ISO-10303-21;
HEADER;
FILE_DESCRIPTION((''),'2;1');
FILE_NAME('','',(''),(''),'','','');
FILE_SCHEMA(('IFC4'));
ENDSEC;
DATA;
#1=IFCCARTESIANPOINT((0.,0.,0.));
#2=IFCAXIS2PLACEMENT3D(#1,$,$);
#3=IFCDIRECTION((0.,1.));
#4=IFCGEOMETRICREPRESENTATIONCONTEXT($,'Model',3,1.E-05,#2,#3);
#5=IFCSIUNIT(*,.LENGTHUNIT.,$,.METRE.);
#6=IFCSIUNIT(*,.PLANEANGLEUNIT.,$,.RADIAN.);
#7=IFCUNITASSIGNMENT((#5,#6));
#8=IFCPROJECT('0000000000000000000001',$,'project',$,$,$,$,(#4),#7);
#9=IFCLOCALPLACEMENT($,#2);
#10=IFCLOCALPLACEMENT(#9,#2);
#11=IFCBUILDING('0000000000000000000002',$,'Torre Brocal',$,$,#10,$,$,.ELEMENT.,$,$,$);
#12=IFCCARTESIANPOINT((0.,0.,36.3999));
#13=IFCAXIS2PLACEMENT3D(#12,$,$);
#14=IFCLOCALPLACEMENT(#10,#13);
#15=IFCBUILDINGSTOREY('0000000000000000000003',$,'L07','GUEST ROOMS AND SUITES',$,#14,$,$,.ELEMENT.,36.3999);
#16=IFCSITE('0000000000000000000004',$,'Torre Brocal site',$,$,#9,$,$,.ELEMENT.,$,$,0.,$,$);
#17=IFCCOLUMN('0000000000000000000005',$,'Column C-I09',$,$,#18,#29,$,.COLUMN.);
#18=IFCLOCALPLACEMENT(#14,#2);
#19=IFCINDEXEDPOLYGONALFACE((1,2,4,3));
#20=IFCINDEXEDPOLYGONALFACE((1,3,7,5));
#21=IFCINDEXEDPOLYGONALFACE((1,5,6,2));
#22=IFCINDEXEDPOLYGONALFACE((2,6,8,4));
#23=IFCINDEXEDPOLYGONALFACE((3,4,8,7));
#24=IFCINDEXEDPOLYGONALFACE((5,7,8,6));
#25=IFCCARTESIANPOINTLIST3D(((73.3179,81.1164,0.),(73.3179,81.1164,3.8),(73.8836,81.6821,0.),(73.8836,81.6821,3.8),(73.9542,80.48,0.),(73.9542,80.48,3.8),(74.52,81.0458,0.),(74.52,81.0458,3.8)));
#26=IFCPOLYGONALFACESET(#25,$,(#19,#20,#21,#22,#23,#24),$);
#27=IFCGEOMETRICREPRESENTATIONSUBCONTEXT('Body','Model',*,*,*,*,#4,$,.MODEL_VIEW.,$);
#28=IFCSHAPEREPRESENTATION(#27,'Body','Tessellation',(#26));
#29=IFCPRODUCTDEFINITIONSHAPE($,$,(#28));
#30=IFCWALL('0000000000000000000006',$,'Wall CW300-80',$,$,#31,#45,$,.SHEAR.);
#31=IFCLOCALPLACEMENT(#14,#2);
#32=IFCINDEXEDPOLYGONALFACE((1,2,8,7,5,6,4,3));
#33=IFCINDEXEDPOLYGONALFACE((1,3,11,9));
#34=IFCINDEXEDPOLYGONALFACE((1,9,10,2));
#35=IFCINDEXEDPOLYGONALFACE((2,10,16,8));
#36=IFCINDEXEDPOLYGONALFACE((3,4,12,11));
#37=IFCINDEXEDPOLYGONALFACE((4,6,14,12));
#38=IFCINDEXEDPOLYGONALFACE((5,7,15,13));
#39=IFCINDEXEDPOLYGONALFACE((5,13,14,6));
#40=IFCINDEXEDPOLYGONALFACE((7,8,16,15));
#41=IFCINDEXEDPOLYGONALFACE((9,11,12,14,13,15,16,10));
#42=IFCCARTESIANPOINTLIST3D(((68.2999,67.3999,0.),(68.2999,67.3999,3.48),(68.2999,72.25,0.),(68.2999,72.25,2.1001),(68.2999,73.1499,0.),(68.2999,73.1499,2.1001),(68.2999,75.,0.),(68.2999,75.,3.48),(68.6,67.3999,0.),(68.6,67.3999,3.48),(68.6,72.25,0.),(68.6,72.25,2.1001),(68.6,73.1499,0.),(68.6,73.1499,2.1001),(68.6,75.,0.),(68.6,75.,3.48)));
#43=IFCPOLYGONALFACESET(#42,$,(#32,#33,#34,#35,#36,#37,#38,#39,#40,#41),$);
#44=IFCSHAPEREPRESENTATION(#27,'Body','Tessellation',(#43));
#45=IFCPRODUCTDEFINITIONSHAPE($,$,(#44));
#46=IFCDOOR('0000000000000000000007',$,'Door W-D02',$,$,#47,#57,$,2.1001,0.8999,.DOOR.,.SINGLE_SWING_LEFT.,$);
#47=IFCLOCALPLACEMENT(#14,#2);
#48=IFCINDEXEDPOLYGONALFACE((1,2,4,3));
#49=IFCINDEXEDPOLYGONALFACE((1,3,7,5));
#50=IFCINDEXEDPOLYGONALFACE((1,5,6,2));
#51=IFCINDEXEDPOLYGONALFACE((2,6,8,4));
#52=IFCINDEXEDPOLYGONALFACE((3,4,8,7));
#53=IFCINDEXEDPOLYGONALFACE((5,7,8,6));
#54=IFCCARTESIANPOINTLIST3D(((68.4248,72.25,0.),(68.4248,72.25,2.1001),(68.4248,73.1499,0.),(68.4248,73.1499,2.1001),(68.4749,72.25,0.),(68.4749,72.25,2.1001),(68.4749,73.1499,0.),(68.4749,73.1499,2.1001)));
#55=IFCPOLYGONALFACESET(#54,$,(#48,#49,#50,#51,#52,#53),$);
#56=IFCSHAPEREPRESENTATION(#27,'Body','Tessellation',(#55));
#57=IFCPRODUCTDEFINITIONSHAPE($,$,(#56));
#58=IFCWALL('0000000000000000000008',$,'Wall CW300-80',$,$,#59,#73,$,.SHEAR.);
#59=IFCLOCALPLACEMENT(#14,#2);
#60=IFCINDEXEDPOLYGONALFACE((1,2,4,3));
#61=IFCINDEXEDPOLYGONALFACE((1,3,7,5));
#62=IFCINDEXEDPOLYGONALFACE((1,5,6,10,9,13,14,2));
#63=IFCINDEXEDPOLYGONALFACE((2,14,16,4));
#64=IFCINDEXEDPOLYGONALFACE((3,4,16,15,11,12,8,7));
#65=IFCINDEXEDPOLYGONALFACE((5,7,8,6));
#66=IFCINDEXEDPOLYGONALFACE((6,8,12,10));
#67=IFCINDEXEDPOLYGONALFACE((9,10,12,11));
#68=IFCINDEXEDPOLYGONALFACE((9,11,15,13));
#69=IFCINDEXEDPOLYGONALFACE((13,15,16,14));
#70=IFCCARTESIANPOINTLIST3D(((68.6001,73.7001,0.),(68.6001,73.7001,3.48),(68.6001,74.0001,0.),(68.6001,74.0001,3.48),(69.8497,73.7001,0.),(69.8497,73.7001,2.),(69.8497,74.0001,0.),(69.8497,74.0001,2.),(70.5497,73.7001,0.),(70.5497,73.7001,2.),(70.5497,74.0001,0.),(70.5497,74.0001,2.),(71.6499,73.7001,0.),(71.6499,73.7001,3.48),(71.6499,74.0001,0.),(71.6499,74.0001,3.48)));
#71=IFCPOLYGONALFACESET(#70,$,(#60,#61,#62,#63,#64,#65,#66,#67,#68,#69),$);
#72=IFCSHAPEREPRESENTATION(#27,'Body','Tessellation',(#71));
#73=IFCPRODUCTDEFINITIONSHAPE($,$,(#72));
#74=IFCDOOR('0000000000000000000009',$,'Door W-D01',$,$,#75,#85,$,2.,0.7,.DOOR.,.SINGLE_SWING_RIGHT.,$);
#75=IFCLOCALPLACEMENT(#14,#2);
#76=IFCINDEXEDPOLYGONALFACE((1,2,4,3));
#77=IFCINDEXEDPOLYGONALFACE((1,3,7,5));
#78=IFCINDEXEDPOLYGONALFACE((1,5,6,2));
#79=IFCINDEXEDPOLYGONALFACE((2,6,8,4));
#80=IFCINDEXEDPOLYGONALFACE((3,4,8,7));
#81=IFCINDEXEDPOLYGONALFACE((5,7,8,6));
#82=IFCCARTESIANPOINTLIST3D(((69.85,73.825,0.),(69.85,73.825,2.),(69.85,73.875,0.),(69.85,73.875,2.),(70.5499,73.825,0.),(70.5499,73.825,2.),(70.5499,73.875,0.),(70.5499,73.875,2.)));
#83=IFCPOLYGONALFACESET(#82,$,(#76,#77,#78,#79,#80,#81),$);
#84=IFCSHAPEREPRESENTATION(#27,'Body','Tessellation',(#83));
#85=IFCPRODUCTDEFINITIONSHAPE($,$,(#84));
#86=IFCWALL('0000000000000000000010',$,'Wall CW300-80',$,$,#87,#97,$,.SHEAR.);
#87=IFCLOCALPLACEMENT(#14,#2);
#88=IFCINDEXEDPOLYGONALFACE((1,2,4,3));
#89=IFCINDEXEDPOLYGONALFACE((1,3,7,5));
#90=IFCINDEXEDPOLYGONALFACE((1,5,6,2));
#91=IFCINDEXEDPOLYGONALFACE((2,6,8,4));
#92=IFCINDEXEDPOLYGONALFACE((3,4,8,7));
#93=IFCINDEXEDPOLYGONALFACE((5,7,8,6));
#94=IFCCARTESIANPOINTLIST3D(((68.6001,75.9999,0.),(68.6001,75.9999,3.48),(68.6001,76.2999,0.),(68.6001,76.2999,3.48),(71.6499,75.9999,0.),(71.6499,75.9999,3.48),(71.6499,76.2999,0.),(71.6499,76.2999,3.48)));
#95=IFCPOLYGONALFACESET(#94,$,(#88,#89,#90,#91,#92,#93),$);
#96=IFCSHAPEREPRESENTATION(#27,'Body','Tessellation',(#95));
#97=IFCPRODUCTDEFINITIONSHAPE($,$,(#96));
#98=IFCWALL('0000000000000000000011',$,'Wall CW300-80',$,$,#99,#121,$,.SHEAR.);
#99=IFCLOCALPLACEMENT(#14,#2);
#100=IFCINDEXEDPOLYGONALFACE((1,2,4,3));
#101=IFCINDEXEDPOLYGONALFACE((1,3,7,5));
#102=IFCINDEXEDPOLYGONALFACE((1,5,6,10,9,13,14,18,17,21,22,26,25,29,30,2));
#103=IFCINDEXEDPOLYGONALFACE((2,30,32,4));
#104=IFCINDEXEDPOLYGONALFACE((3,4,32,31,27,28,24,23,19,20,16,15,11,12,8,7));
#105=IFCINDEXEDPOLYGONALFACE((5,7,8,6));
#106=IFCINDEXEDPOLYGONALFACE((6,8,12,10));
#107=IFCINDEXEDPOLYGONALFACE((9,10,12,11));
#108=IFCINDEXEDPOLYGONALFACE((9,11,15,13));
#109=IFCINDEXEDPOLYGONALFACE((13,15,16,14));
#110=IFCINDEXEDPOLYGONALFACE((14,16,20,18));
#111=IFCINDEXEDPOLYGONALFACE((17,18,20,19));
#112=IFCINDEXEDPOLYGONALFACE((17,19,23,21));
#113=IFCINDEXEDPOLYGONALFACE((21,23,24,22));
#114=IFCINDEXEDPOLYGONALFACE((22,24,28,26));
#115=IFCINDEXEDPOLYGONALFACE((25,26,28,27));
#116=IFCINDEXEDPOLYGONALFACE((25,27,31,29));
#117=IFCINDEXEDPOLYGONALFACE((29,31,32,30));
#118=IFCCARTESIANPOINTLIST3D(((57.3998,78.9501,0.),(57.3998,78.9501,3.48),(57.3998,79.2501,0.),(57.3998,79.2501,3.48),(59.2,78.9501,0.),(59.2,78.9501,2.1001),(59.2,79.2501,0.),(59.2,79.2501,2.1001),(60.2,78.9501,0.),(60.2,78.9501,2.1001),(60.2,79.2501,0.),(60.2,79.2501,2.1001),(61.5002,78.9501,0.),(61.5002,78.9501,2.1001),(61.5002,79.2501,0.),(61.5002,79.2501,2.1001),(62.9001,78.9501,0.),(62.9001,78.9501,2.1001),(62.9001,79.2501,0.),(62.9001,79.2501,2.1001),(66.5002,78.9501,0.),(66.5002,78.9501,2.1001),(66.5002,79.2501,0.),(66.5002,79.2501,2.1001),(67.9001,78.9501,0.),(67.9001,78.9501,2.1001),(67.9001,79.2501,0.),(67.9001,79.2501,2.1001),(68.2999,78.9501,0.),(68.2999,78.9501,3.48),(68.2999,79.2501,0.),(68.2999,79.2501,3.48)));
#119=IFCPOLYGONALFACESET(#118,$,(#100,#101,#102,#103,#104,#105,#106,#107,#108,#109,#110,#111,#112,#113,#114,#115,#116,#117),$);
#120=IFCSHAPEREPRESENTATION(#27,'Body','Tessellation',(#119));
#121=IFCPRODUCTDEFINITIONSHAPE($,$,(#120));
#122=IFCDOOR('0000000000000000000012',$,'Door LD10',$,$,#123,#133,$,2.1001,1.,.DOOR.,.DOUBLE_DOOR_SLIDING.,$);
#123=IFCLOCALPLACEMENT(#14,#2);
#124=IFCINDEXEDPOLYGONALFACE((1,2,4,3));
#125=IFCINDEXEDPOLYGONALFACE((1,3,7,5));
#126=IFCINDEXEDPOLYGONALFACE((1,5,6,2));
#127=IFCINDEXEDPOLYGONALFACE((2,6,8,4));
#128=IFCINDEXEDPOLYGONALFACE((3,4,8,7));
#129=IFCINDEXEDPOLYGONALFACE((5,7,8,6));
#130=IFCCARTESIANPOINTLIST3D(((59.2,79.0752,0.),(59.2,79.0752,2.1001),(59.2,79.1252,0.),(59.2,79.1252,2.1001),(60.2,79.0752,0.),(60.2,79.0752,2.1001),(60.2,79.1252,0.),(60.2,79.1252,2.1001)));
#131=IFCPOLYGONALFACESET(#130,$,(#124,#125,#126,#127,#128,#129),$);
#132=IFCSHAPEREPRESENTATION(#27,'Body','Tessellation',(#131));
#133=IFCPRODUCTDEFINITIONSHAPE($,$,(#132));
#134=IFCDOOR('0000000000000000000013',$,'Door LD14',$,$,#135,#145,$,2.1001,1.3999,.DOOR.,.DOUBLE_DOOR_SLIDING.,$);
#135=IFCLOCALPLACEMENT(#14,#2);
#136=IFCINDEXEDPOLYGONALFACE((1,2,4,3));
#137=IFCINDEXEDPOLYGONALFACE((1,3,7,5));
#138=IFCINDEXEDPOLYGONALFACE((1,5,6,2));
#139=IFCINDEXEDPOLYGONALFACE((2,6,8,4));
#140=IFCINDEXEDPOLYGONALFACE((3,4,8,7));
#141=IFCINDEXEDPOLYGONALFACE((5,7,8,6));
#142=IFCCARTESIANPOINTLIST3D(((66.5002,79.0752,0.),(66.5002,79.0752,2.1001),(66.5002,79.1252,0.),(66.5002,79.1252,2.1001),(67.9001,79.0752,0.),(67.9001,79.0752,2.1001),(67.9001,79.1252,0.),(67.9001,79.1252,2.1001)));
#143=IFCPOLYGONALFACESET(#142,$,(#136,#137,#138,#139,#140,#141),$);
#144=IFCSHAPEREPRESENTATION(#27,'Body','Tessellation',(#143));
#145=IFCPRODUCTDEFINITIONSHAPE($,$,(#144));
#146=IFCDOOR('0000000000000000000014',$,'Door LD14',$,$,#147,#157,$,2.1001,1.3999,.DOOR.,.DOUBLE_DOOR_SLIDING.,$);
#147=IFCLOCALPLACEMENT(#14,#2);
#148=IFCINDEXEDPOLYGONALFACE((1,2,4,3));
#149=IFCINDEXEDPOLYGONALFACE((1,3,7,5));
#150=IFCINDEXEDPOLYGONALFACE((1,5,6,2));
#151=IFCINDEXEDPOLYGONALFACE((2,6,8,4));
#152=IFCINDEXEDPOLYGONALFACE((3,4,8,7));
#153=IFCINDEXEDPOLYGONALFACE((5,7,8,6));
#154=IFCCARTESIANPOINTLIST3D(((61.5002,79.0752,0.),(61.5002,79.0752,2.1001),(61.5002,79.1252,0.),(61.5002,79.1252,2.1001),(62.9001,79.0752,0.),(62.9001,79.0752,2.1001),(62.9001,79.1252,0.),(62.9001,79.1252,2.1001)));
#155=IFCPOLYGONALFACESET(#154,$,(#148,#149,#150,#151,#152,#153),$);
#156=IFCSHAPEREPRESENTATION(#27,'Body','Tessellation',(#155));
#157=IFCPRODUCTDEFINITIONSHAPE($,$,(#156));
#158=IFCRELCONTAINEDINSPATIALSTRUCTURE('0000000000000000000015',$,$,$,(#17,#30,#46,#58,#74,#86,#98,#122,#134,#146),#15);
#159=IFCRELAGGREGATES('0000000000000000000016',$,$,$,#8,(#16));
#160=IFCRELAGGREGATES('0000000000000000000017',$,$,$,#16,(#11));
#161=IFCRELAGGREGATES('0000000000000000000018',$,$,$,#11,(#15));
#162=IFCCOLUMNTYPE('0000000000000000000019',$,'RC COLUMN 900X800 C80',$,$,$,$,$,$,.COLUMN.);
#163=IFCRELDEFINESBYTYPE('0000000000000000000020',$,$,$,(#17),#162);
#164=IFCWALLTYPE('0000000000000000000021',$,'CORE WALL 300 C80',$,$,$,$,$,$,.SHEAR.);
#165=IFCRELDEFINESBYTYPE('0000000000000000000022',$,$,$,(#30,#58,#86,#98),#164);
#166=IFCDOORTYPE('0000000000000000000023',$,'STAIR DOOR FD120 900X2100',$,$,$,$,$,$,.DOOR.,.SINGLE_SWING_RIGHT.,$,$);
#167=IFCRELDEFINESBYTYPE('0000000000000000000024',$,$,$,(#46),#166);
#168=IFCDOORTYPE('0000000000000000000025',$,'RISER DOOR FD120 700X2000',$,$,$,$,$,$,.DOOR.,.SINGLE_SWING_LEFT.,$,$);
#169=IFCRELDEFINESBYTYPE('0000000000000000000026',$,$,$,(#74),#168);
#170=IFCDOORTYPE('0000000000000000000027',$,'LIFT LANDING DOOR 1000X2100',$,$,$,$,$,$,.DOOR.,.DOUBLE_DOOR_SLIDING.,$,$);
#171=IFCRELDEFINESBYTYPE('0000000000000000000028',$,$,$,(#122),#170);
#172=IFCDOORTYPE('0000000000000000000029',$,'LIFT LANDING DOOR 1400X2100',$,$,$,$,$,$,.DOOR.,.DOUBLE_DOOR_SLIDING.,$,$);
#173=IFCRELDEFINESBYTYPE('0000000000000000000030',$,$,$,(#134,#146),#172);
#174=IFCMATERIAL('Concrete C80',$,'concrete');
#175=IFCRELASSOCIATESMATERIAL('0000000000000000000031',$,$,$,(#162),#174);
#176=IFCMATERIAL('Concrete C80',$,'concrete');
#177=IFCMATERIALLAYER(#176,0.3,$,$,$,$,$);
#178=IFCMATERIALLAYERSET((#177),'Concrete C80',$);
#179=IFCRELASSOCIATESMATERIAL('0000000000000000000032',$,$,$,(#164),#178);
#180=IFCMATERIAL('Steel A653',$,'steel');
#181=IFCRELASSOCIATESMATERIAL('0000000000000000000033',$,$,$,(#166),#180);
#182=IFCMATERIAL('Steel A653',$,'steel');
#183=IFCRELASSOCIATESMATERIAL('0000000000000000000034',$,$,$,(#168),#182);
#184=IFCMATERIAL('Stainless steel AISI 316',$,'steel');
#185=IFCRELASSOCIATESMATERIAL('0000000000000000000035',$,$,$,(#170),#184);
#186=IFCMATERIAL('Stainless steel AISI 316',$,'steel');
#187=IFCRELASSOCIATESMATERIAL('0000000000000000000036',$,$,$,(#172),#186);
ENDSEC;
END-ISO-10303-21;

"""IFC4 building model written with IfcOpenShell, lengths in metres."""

from ifc_helpers import new_model, si_unit, direction, frame, frame_2d, origin, origin_2d, place, context, subcontext, project, spatial, rectangle, extrude, material, layer, layer_set, material_profile, profile_set, type_object, element, fill, save


model = new_model("IFC4")

# Units and contexts
model_context = context("Model", 3, precision=1e-05, world=origin(), true_north=direction((0.0, 1.0)))
body_context = subcontext(model_context, "Body", "Model", "MODEL_VIEW")
ifc_project = project(units=[si_unit("LENGTHUNIT", "METRE"), si_unit("PLANEANGLEUNIT", "RADIAN")], contexts=[model_context])

# Site, building, storey
site_placement = place(None, origin())
site = spatial("IfcSite", under=ifc_project, at=site_placement, Name="Torre Brocal site", CompositionType="ELEMENT", RefElevation=0.0)
building_placement = place(site_placement, origin())
building = spatial("IfcBuilding", under=site, at=building_placement, Name="Torre Brocal", CompositionType="ELEMENT")
storey_placement = place(building_placement, frame((0.0, 0.0, 36.3999)))
storey = spatial("IfcBuildingStorey", under=building, at=storey_placement, Name="L07", Description="GUEST ROOMS AND SUITES", CompositionType="ELEMENT", Elevation=36.3999)

# Column
ifc_material_1 = material(Name="Concrete C80", Category="concrete")
ifc_material_profile = material_profile(ifc_material_1, rectangle(XDim=0.8999, YDim=0.8, at=origin_2d()), Name="RC 900X800")
ifc_profile_set = profile_set([ifc_material_profile], Name="Concrete C80")
column_type = type_object("IfcColumnType", Name="RC COLUMN 900X800 C80", PredefinedType="COLUMN", material=ifc_profile_set)
column_placement = place(storey_placement, frame((73.9189, 81.0811, 0.0), z_axis=(0.0, 0.0, 1.0), x_axis=(-0.707107, 0.707107, 0.0)))
element("IfcColumn", 1, at=column_placement, inside=storey, type_object=column_type, Name="Column C-I09", PredefinedType="COLUMN", context=body_context, shape_type="SweptSolid", body=[
    extrude(rectangle(XDim=0.8999, YDim=0.8, at=origin_2d()), origin(), (0.0, 0.0, 1.0), 3.8),
])

# Walls, openings, doors
ifc_material_2 = material(Name="Concrete C80", Category="concrete")
ifc_layer_1 = layer(ifc_material_2, 0.3)
ifc_layer_set_1 = layer_set([ifc_layer_1], Name="Concrete C80")
wall_type_1 = type_object("IfcWallType", Name="CORE WALL 300 C80", PredefinedType="SHEAR", material=ifc_layer_set_1)
wall_1_placement = place(storey_placement, frame((68.45, 75.0, 0.0), z_axis=(0.0, 0.0, 1.0), x_axis=(0.0, -1.0, 0.0)))
wall_1 = element("IfcWall", 2, at=wall_1_placement, inside=storey, type_object=wall_type_1, Name="Wall CW300-80", PredefinedType="SHEAR", context=body_context, shape_type="SweptSolid", body=[
    extrude(rectangle(XDim=7.6001, YDim=0.3, at=frame_2d((3.8, 0.0))), origin(), (0.0, 0.0, 1.0), 3.48),
])
opening_1_placement = place(wall_1_placement, frame((1.8501, 0.0, 0.0)))
opening_1 = element("IfcOpeningElement", 3, at=opening_1_placement, cuts=wall_1, PredefinedType="OPENING", context=body_context, shape_type="SweptSolid", body=[
    extrude(rectangle(XDim=0.8999, YDim=2.1001, at=frame_2d((0.45, 1.05))), frame((0.0, 0.1599, 0.0), z_axis=(0.0, -1.0, 0.0), x_axis=(1.0, 0.0, 0.0)), (0.0, 0.0, 1.0), 0.3201),
])
ifc_material_3 = material(Name="Steel A653", Category="steel")
door_type_1 = type_object("IfcDoorType", Name="STAIR DOOR FD120 900X2100", OperationType="SINGLE_SWING_RIGHT", PredefinedType="DOOR", material=ifc_material_3)
door_1_placement = place(opening_1_placement, origin())
door_1 = element("IfcDoor", 4, at=door_1_placement, inside=storey, type_object=door_type_1, Name="Door W-D02", OperationType="SINGLE_SWING_LEFT", OverallHeight=2.1001, OverallWidth=0.8999, PredefinedType="DOOR", context=body_context, shape_type="SweptSolid", body=[
    extrude(rectangle(XDim=0.8999, YDim=2.1001, at=frame_2d((0.45, 1.05))), frame((0.0, 0.0249, 0.0), z_axis=(0.0, -1.0, 0.0), x_axis=(1.0, 0.0, 0.0)), (0.0, 0.0, 1.0), 0.05),
])
fill(opening_1, door_1)
wall_2_placement = place(storey_placement, frame((71.6499, 73.8501, 0.0), z_axis=(0.0, 0.0, 1.0), x_axis=(-1.0, 0.0, 0.0)))
wall_2 = element("IfcWall", 5, at=wall_2_placement, inside=storey, type_object=wall_type_1, Name="Wall CW300-80", PredefinedType="SHEAR", context=body_context, shape_type="SweptSolid", body=[
    extrude(rectangle(XDim=3.0498, YDim=0.3, at=frame_2d((1.5249, 0.0))), origin(), (0.0, 0.0, 1.0), 3.48),
])
opening_2_placement = place(wall_2_placement, frame((1.1001, 0.0, 0.0)))
opening_2 = element("IfcOpeningElement", 6, at=opening_2_placement, cuts=wall_2, PredefinedType="OPENING", context=body_context, shape_type="SweptSolid", body=[
    extrude(rectangle(XDim=0.7, YDim=2.0, at=frame_2d((0.3501, 1.0))), frame((0.0, 0.1599, 0.0), z_axis=(0.0, -1.0, 0.0), x_axis=(1.0, 0.0, 0.0)), (0.0, 0.0, 1.0), 0.3201),
])
ifc_material_4 = material(Name="Steel A653", Category="steel")
door_type_2 = type_object("IfcDoorType", Name="RISER DOOR FD120 700X2000", OperationType="SINGLE_SWING_LEFT", PredefinedType="DOOR", material=ifc_material_4)
door_2_placement = place(opening_2_placement, frame((0.7, 0.0, 0.0), z_axis=(0.0, 0.0, 1.0), x_axis=(-1.0, 0.0, 0.0)))
door_2 = element("IfcDoor", 7, at=door_2_placement, inside=storey, type_object=door_type_2, Name="Door W-D01", OperationType="SINGLE_SWING_RIGHT", OverallHeight=2.0, OverallWidth=0.7, PredefinedType="DOOR", context=body_context, shape_type="SweptSolid", body=[
    extrude(rectangle(XDim=0.7, YDim=2.0, at=frame_2d((0.3501, 1.0))), frame((0.0, 0.0249, 0.0), z_axis=(0.0, -1.0, 0.0), x_axis=(1.0, 0.0, 0.0)), (0.0, 0.0, 1.0), 0.05),
])
fill(opening_2, door_2)

# Wall
wall_3_placement = place(storey_placement, frame((71.6499, 76.1499, 0.0), z_axis=(0.0, 0.0, 1.0), x_axis=(-1.0, 0.0, 0.0)))
element("IfcWall", 8, at=wall_3_placement, inside=storey, type_object=wall_type_1, Name="Wall CW300-80", PredefinedType="SHEAR", context=body_context, shape_type="SweptSolid", body=[
    extrude(rectangle(XDim=3.0498, YDim=0.3, at=frame_2d((1.5249, 0.0))), origin(), (0.0, 0.0, 1.0), 3.48),
])

# Wall, openings, doors
wall_4_placement = place(storey_placement, frame((68.3, 79.1001, 0.0), z_axis=(0.0, 0.0, 1.0), x_axis=(-1.0, 0.0, 0.0)))
wall_4 = element("IfcWall", 9, at=wall_4_placement, inside=storey, type_object=wall_type_1, Name="Wall CW300-80", PredefinedType="SHEAR", context=body_context, shape_type="SweptSolid", body=[
    extrude(rectangle(XDim=10.9001, YDim=0.3, at=frame_2d((5.4502, 0.0))), origin(), (0.0, 0.0, 1.0), 3.48),
])
opening_3_placement = place(wall_4_placement, frame((0.3999, 0.0, 0.0)))
opening_3 = element("IfcOpeningElement", 10, at=opening_3_placement, cuts=wall_4, PredefinedType="OPENING", context=body_context, shape_type="SweptSolid", body=[
    extrude(rectangle(XDim=1.3999, YDim=2.1001, at=frame_2d((0.7, 1.05))), frame((0.0, 0.1599, 0.0), z_axis=(0.0, -1.0, 0.0), x_axis=(1.0, 0.0, 0.0)), (0.0, 0.0, 1.0), 0.3201),
])
opening_4_placement = place(wall_4_placement, frame((5.3999, 0.0, 0.0)))
opening_4 = element("IfcOpeningElement", 11, at=opening_4_placement, cuts=wall_4, PredefinedType="OPENING", context=body_context, shape_type="SweptSolid", body=[
    extrude(rectangle(XDim=1.3999, YDim=2.1001, at=frame_2d((0.7, 1.05))), frame((0.0, 0.1599, 0.0), z_axis=(0.0, -1.0, 0.0), x_axis=(1.0, 0.0, 0.0)), (0.0, 0.0, 1.0), 0.3201),
])
opening_5_placement = place(wall_4_placement, frame((8.1001, 0.0, 0.0)))
opening_5 = element("IfcOpeningElement", 12, at=opening_5_placement, cuts=wall_4, PredefinedType="OPENING", context=body_context, shape_type="SweptSolid", body=[
    extrude(rectangle(XDim=1.0, YDim=2.1001, at=frame_2d((0.5, 1.05))), frame((0.0, 0.1599, 0.0), z_axis=(0.0, -1.0, 0.0), x_axis=(1.0, 0.0, 0.0)), (0.0, 0.0, 1.0), 0.3201),
])
ifc_material_5 = material(Name="Stainless steel AISI 316", Category="steel")
door_type_3 = type_object("IfcDoorType", Name="LIFT LANDING DOOR 1000X2100", OperationType="DOUBLE_DOOR_SLIDING", PredefinedType="DOOR", material=ifc_material_5)
door_3_placement = place(opening_5_placement, origin())
door_3 = element("IfcDoor", 13, at=door_3_placement, inside=storey, type_object=door_type_3, Name="Door LD10", OperationType="DOUBLE_DOOR_SLIDING", OverallHeight=2.1001, OverallWidth=1.0, PredefinedType="DOOR", context=body_context, shape_type="SweptSolid", body=[
    extrude(rectangle(XDim=1.0, YDim=2.1001, at=frame_2d((0.5, 1.05))), frame((0.0, 0.0249, 0.0), z_axis=(0.0, -1.0, 0.0), x_axis=(1.0, 0.0, 0.0)), (0.0, 0.0, 1.0), 0.05),
])
fill(opening_5, door_3)
ifc_material_6 = material(Name="Stainless steel AISI 316", Category="steel")
door_type_4 = type_object("IfcDoorType", Name="LIFT LANDING DOOR 1400X2100", OperationType="DOUBLE_DOOR_SLIDING", PredefinedType="DOOR", material=ifc_material_6)
door_4_placement = place(opening_3_placement, origin())
door_4 = element("IfcDoor", 14, at=door_4_placement, inside=storey, type_object=door_type_4, Name="Door LD14", OperationType="DOUBLE_DOOR_SLIDING", OverallHeight=2.1001, OverallWidth=1.3999, PredefinedType="DOOR", context=body_context, shape_type="SweptSolid", body=[
    extrude(rectangle(XDim=1.3999, YDim=2.1001, at=frame_2d((0.7, 1.05))), frame((0.0, 0.0249, 0.0), z_axis=(0.0, -1.0, 0.0), x_axis=(1.0, 0.0, 0.0)), (0.0, 0.0, 1.0), 0.05),
])
fill(opening_3, door_4)
door_5_placement = place(opening_4_placement, origin())
door_5 = element("IfcDoor", 15, at=door_5_placement, inside=storey, type_object=door_type_4, Name="Door LD14", OperationType="DOUBLE_DOOR_SLIDING", OverallHeight=2.1001, OverallWidth=1.3999, PredefinedType="DOOR", context=body_context, shape_type="SweptSolid", body=[
    extrude(rectangle(XDim=1.3999, YDim=2.1001, at=frame_2d((0.7, 1.05))), frame((0.0, 0.0249, 0.0), z_axis=(0.0, -1.0, 0.0), x_axis=(1.0, 0.0, 0.0)), (0.0, 0.0, 1.0), 0.05),
])
fill(opening_4, door_5)

save(model, "model.ifc")
